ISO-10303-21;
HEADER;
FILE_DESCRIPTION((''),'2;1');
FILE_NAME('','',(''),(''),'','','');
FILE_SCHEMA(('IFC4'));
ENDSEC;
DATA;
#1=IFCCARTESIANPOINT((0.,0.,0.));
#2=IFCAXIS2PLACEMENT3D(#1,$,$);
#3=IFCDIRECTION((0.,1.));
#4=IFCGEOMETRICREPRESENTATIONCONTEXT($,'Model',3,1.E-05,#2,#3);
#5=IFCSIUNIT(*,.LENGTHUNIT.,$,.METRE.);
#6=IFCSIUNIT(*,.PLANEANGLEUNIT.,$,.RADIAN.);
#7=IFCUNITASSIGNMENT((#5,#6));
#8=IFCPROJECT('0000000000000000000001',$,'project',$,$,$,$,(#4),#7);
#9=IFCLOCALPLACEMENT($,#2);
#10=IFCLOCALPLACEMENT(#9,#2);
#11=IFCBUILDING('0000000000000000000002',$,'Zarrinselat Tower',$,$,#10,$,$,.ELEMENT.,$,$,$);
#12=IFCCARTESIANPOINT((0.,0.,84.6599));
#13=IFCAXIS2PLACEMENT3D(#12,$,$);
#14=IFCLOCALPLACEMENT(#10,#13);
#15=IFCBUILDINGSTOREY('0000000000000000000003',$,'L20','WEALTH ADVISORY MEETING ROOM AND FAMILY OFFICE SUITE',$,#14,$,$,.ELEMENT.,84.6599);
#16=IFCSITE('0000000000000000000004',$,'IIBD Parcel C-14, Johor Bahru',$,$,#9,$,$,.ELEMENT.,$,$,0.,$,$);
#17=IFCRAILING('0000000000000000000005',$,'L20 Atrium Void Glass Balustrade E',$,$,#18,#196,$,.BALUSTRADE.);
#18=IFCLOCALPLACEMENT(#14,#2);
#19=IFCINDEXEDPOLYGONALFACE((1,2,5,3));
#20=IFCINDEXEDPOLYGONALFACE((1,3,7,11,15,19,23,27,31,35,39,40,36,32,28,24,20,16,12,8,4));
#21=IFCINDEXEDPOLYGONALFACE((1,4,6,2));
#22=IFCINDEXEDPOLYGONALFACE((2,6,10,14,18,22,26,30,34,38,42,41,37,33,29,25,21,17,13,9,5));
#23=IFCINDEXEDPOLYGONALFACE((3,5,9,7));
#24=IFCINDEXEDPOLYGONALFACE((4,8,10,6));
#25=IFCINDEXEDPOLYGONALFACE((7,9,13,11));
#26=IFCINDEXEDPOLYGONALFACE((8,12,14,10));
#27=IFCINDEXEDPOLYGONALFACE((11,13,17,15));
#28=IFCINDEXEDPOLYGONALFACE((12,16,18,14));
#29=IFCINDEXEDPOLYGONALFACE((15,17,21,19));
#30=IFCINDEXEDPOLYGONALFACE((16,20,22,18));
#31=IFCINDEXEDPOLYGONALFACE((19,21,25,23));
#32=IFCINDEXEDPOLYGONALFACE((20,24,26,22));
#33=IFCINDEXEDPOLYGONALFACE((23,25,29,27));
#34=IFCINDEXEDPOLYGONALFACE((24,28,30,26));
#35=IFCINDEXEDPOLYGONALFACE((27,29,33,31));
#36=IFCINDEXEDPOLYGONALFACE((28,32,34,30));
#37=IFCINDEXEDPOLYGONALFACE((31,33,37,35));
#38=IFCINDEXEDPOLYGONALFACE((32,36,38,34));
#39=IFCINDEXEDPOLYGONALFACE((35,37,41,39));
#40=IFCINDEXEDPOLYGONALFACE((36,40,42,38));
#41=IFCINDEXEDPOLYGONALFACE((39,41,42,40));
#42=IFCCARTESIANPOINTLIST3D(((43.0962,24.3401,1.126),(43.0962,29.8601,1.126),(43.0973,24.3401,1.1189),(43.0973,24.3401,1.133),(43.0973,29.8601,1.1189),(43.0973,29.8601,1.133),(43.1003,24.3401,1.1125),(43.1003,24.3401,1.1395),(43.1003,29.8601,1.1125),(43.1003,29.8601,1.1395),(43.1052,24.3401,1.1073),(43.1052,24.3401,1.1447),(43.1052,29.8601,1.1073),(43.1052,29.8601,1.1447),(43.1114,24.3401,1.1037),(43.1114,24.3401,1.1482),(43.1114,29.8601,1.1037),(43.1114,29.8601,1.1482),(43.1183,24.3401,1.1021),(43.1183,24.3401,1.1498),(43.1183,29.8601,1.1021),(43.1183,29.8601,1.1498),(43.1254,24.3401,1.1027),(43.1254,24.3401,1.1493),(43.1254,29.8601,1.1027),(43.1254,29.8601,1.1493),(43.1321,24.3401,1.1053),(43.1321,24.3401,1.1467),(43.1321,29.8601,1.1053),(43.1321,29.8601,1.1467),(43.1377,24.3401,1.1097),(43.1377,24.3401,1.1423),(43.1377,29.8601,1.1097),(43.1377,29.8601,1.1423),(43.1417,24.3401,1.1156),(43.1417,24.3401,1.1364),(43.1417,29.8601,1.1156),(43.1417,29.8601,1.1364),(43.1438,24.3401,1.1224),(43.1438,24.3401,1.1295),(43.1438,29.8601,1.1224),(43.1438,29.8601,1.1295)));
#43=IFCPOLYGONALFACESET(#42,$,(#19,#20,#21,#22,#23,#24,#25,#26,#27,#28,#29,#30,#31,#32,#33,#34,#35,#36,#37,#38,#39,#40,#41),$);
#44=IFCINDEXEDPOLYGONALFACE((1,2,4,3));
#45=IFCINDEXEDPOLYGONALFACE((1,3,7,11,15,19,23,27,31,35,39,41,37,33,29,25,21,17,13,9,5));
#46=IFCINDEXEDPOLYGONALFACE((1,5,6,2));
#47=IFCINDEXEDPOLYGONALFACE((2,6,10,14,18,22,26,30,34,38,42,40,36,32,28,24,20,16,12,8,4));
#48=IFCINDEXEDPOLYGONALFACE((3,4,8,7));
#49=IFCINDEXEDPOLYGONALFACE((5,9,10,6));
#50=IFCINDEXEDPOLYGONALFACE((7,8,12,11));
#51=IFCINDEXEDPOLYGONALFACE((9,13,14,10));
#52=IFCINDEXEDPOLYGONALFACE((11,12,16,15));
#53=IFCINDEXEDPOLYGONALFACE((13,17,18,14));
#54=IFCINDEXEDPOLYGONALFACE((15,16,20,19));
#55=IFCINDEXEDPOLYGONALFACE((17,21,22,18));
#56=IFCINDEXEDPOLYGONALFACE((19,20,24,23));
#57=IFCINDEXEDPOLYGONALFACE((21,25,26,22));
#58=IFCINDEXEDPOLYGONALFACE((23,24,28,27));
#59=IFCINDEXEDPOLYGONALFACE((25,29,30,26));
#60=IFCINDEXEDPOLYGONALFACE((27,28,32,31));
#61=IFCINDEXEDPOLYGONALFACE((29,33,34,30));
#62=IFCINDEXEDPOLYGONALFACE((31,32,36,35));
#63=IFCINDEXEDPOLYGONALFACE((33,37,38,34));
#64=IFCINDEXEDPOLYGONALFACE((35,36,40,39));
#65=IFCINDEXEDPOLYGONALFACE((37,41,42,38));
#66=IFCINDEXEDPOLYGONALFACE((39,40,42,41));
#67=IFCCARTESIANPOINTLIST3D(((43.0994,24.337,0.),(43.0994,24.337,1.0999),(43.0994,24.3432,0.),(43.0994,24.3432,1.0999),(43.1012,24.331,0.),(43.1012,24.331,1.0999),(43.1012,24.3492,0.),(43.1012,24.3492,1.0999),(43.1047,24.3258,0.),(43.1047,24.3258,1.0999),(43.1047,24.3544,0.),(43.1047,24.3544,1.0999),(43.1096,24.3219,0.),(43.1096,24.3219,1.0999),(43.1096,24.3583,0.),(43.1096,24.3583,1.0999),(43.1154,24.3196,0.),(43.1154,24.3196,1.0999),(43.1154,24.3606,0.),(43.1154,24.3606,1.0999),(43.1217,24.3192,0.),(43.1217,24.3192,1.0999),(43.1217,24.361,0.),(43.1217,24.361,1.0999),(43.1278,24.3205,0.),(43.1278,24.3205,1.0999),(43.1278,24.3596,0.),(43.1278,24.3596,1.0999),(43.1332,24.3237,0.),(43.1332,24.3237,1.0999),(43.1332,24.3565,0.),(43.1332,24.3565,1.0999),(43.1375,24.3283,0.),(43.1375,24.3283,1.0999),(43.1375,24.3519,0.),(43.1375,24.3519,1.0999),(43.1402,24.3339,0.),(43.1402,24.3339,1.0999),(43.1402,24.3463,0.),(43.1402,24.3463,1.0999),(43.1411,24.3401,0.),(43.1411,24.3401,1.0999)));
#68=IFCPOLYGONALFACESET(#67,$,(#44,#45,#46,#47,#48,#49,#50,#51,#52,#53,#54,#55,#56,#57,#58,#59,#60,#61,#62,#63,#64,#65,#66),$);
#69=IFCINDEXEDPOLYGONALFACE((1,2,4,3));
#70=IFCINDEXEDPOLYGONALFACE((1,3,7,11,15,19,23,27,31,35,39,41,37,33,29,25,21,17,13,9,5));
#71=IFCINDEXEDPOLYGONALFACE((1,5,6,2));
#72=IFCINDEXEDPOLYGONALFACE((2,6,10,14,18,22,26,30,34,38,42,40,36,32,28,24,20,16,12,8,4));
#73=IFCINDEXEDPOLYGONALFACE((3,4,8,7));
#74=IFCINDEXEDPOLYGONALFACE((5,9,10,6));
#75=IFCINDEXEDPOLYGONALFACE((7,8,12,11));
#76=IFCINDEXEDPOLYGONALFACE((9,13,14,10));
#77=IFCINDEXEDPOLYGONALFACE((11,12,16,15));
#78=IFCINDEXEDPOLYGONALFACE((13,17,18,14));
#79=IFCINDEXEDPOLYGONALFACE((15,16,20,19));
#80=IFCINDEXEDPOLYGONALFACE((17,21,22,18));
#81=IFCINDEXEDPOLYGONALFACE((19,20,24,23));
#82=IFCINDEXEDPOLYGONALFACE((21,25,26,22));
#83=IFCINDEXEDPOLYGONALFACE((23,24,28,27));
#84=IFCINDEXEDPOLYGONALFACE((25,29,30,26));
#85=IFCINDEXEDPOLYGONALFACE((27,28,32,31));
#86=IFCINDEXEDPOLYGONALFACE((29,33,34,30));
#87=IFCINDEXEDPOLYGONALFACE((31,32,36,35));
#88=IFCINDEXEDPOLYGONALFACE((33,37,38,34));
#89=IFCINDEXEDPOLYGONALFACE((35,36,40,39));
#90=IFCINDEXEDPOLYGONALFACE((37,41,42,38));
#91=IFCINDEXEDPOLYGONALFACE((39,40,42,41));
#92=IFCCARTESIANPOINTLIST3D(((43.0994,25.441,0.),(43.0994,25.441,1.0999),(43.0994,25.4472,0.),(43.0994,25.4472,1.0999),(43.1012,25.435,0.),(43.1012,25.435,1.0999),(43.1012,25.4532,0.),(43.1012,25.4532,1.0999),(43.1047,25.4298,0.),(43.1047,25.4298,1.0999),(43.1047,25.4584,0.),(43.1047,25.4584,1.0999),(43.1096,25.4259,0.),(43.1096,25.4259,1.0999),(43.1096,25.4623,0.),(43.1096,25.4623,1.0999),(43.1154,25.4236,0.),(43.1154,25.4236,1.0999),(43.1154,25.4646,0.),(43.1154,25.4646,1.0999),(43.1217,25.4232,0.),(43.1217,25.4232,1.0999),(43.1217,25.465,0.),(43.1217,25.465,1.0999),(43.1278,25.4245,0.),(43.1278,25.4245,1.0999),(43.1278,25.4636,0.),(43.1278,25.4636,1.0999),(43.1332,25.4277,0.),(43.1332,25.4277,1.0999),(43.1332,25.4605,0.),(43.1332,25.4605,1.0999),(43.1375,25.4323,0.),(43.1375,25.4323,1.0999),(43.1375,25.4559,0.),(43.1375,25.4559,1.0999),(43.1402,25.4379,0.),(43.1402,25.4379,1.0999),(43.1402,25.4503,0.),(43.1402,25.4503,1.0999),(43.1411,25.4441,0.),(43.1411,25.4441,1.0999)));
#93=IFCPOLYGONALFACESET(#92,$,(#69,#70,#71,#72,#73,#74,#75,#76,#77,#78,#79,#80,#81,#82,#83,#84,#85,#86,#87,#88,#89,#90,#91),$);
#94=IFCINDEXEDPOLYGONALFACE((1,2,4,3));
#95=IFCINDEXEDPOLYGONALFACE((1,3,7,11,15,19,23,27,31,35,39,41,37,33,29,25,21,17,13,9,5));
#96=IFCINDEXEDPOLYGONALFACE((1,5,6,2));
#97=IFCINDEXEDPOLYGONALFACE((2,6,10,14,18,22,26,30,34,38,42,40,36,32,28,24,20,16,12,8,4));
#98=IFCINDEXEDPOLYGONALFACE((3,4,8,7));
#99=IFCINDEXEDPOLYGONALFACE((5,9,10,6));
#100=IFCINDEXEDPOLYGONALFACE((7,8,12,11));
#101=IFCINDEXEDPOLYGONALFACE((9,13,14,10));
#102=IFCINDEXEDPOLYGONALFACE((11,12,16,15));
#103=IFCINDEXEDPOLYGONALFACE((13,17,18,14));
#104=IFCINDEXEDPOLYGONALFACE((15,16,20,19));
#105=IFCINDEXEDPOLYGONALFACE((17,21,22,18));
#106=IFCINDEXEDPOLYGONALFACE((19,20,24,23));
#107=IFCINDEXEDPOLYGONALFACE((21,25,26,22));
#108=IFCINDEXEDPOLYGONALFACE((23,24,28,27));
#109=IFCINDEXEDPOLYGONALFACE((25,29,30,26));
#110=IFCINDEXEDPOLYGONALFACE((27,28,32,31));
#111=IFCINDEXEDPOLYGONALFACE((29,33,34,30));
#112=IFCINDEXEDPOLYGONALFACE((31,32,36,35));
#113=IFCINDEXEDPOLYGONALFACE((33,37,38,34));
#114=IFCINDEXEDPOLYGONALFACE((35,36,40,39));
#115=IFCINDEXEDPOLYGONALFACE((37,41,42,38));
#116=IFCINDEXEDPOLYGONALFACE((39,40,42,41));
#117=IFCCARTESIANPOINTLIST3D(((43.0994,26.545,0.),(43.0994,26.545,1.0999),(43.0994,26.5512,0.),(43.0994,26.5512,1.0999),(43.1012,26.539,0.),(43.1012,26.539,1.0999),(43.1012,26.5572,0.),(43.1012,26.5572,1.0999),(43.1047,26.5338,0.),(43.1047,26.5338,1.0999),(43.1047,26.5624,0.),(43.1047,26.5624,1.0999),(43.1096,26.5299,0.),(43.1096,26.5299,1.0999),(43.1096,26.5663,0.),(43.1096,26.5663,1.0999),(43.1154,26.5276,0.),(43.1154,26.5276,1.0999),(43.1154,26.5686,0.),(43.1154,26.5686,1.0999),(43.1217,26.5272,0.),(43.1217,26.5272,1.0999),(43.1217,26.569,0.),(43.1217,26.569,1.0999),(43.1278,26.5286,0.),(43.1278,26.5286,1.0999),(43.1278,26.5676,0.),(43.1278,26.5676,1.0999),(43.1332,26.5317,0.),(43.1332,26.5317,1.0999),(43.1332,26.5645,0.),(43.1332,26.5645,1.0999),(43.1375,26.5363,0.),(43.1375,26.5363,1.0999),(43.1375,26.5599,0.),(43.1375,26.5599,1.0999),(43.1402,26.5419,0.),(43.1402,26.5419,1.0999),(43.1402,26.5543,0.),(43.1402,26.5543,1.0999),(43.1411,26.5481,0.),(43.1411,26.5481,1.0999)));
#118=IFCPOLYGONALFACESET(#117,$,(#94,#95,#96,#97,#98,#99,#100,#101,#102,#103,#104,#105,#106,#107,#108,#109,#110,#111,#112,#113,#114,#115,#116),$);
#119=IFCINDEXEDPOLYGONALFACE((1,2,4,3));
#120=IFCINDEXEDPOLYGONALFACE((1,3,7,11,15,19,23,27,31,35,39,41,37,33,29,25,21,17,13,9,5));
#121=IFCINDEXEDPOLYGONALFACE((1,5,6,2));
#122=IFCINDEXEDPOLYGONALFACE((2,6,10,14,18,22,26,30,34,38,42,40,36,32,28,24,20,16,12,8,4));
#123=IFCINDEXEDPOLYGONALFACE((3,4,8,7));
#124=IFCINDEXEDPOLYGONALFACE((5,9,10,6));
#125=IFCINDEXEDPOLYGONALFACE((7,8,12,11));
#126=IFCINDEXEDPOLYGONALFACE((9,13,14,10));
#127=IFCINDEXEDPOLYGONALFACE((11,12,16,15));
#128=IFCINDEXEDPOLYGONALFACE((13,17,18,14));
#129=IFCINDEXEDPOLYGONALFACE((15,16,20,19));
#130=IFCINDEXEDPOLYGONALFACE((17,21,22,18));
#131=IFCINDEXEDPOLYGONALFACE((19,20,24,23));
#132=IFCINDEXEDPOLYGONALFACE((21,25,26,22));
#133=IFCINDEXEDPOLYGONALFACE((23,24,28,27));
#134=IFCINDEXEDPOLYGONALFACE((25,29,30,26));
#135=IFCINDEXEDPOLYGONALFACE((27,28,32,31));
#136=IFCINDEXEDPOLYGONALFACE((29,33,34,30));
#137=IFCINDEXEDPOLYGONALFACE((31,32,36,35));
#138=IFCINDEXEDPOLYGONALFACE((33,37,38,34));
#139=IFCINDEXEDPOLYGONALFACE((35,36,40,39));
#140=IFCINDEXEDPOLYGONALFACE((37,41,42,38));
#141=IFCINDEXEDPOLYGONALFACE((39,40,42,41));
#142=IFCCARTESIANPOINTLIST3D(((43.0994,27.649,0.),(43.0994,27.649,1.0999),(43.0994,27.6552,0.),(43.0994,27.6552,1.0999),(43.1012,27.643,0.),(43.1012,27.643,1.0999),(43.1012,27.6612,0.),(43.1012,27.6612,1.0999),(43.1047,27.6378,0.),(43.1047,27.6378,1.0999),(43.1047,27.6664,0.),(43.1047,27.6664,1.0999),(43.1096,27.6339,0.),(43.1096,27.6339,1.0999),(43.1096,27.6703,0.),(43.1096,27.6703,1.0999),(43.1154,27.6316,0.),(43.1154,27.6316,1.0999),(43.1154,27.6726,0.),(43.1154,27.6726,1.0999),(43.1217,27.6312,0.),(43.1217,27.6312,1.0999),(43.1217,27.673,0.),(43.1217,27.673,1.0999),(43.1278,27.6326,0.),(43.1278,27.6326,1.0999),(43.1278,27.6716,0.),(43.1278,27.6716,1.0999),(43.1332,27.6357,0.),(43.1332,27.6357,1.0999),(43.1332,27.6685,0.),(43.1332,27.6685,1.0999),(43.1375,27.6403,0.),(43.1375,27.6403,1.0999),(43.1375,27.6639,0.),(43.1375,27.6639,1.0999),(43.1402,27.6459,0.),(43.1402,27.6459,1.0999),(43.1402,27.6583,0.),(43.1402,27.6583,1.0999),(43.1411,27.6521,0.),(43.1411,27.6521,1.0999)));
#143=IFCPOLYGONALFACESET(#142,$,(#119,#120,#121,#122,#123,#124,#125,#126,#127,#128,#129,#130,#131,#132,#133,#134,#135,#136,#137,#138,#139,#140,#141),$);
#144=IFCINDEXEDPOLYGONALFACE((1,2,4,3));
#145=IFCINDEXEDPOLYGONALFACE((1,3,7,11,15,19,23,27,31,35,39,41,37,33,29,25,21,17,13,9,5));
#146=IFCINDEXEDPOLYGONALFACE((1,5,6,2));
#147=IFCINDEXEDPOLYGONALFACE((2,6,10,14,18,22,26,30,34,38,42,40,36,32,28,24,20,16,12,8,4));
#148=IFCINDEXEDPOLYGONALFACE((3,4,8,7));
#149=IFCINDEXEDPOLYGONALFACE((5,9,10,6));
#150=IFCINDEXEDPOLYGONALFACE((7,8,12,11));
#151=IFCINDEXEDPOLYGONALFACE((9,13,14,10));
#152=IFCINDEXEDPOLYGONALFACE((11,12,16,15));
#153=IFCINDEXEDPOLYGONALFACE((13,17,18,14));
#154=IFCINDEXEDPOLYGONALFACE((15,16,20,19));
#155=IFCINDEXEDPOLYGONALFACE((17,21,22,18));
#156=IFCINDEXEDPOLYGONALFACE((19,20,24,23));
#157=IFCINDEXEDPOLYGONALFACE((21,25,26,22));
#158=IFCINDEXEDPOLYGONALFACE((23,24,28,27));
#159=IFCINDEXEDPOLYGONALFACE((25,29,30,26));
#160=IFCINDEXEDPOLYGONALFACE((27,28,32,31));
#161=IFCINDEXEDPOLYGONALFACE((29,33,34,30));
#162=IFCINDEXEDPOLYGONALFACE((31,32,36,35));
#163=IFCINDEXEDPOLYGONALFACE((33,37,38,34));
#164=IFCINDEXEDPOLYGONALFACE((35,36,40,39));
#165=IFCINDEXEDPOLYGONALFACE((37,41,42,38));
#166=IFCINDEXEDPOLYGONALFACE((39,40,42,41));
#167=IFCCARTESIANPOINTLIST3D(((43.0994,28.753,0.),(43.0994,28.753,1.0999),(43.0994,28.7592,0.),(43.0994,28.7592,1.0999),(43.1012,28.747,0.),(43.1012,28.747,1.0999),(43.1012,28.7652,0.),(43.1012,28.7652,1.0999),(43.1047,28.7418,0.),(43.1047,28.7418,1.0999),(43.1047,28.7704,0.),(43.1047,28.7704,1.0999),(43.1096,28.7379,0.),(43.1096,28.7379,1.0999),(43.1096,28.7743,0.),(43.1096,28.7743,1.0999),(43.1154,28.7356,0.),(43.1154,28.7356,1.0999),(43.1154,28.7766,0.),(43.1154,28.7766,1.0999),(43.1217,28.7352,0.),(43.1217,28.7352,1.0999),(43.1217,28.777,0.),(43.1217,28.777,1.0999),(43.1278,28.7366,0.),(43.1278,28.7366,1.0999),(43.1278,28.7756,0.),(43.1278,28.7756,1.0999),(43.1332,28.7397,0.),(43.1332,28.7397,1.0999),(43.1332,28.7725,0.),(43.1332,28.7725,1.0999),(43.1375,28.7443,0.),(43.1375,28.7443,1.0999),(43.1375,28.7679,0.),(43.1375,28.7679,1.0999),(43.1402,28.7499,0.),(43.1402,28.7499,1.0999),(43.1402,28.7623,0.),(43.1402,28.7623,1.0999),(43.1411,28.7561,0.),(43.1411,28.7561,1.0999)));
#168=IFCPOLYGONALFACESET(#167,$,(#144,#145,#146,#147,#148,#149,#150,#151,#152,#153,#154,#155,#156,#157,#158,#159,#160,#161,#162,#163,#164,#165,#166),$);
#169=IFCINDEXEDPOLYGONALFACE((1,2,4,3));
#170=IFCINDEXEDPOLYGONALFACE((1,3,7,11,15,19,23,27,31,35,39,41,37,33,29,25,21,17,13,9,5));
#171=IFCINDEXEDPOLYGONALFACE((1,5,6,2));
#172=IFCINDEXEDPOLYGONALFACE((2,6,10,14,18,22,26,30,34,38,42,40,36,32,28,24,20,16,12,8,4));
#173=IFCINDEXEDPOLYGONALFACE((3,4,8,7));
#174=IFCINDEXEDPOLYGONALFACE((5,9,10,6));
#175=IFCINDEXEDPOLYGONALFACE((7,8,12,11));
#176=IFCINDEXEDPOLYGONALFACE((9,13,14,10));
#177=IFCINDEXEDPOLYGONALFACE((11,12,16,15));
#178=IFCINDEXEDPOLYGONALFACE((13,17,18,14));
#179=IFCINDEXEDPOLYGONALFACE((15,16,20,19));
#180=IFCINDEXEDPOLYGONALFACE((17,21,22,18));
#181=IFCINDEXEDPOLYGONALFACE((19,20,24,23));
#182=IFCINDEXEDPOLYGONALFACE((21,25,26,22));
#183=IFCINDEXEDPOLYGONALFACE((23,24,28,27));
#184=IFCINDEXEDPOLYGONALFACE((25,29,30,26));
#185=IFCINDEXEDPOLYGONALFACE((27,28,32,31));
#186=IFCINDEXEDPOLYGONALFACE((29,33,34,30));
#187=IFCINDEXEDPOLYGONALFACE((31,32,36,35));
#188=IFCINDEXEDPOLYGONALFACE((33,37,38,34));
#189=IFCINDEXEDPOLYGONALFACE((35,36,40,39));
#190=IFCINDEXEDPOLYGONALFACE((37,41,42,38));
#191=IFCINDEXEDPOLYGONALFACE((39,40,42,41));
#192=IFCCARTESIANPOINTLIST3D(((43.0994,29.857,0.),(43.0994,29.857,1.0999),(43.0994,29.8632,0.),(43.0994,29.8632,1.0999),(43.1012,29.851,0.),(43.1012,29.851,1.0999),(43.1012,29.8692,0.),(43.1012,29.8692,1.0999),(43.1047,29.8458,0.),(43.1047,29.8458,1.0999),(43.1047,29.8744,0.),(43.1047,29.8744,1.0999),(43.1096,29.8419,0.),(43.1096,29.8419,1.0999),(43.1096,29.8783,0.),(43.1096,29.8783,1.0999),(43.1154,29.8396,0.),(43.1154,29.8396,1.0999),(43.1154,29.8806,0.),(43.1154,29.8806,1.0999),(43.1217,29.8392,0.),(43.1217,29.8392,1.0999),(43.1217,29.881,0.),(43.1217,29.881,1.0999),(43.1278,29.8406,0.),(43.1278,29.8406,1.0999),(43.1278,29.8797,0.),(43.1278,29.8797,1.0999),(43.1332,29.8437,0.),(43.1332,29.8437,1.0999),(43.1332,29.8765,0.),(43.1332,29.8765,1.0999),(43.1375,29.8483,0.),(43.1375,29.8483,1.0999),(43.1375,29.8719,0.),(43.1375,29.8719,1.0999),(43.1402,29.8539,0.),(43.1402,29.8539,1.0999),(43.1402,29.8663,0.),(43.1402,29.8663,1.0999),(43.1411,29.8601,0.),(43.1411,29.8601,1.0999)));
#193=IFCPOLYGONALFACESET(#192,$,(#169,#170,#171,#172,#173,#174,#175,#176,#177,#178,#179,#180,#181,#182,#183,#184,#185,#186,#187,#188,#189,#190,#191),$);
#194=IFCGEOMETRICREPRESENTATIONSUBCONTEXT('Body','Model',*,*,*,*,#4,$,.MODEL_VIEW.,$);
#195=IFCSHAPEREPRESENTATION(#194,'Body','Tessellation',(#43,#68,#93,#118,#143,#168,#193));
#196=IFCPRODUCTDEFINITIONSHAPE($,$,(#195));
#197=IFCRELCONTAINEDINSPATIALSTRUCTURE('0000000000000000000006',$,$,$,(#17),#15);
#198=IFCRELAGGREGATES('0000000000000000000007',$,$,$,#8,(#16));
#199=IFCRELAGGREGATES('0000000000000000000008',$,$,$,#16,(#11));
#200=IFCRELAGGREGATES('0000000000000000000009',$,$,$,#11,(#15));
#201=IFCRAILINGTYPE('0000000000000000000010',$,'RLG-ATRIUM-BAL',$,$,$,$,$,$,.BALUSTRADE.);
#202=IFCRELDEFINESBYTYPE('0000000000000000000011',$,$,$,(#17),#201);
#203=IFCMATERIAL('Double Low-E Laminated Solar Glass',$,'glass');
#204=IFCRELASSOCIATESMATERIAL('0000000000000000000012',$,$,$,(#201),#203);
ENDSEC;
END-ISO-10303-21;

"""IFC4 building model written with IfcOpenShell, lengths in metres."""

from ifc_helpers import new_model, si_unit, direction, frame, origin, origin_2d, place, context, subcontext, project, spatial, circle, extrude, material, type_object, element, save


model = new_model("IFC4")

# Units and contexts
model_context = context("Model", 3, precision=1e-05, world=origin(), true_north=direction((0.0, 1.0)))
body_context = subcontext(model_context, "Body", "Model", "MODEL_VIEW")
ifc_project = project(units=[si_unit("LENGTHUNIT", "METRE"), si_unit("PLANEANGLEUNIT", "RADIAN")], contexts=[model_context])

# Site, building, storey
site_placement = place(None, origin())
site = spatial("IfcSite", under=ifc_project, at=site_placement, Name="IIBD Parcel C-14, Johor Bahru", CompositionType="ELEMENT", RefElevation=0.0)
building_placement = place(site_placement, origin())
building = spatial("IfcBuilding", under=site, at=building_placement, Name="Zarrinselat Tower", CompositionType="ELEMENT")
storey_placement = place(building_placement, frame((0.0, 0.0, 84.6599)))
storey = spatial("IfcBuildingStorey", under=building, at=storey_placement, Name="L20", Description="WEALTH ADVISORY MEETING ROOM AND FAMILY OFFICE SUITE", CompositionType="ELEMENT", Elevation=84.6599)

# Railing
ifc_material_1 = material(Name="Double Low-E Laminated Solar Glass", Category="glass")
railing_type = type_object("IfcRailingType", Name="RLG-ATRIUM-BAL", PredefinedType="BALUSTRADE", material=ifc_material_1)
railing_1_placement = place(storey_placement, frame((43.1201, 24.3401, 0.0)))
element("IfcRailing", 1, at=railing_1_placement, inside=storey, type_object=railing_type, Name="L20 Atrium Void Glass Balustrade E", PredefinedType="BALUSTRADE", context=body_context, shape_type="SweptSolid", body=[
    extrude(circle(Radius=0.0239, at=origin_2d()), frame((0.0, 0.0, 1.126), z_axis=(0.0, 1.0, 0.0), x_axis=(-1.0, 0.0, 0.0)), (0.0, 0.0, 1.0), 5.52),
    extrude(circle(Radius=0.021, at=origin_2d()), origin(), (0.0, 0.0, 1.0), 1.0999),
    extrude(circle(Radius=0.021, at=origin_2d()), frame((0.0, 1.104, 0.0)), (0.0, 0.0, 1.0), 1.0999),
    extrude(circle(Radius=0.021, at=origin_2d()), frame((0.0, 2.208, 0.0)), (0.0, 0.0, 1.0), 1.0999),
    extrude(circle(Radius=0.021, at=origin_2d()), frame((0.0, 3.312, 0.0)), (0.0, 0.0, 1.0), 1.0999),
    extrude(circle(Radius=0.021, at=origin_2d()), frame((0.0, 4.416, 0.0)), (0.0, 0.0, 1.0), 1.0999),
    extrude(circle(Radius=0.021, at=origin_2d()), frame((0.0, 5.52, 0.0)), (0.0, 0.0, 1.0), 1.0999),
])

save(model, "model.ifc")
